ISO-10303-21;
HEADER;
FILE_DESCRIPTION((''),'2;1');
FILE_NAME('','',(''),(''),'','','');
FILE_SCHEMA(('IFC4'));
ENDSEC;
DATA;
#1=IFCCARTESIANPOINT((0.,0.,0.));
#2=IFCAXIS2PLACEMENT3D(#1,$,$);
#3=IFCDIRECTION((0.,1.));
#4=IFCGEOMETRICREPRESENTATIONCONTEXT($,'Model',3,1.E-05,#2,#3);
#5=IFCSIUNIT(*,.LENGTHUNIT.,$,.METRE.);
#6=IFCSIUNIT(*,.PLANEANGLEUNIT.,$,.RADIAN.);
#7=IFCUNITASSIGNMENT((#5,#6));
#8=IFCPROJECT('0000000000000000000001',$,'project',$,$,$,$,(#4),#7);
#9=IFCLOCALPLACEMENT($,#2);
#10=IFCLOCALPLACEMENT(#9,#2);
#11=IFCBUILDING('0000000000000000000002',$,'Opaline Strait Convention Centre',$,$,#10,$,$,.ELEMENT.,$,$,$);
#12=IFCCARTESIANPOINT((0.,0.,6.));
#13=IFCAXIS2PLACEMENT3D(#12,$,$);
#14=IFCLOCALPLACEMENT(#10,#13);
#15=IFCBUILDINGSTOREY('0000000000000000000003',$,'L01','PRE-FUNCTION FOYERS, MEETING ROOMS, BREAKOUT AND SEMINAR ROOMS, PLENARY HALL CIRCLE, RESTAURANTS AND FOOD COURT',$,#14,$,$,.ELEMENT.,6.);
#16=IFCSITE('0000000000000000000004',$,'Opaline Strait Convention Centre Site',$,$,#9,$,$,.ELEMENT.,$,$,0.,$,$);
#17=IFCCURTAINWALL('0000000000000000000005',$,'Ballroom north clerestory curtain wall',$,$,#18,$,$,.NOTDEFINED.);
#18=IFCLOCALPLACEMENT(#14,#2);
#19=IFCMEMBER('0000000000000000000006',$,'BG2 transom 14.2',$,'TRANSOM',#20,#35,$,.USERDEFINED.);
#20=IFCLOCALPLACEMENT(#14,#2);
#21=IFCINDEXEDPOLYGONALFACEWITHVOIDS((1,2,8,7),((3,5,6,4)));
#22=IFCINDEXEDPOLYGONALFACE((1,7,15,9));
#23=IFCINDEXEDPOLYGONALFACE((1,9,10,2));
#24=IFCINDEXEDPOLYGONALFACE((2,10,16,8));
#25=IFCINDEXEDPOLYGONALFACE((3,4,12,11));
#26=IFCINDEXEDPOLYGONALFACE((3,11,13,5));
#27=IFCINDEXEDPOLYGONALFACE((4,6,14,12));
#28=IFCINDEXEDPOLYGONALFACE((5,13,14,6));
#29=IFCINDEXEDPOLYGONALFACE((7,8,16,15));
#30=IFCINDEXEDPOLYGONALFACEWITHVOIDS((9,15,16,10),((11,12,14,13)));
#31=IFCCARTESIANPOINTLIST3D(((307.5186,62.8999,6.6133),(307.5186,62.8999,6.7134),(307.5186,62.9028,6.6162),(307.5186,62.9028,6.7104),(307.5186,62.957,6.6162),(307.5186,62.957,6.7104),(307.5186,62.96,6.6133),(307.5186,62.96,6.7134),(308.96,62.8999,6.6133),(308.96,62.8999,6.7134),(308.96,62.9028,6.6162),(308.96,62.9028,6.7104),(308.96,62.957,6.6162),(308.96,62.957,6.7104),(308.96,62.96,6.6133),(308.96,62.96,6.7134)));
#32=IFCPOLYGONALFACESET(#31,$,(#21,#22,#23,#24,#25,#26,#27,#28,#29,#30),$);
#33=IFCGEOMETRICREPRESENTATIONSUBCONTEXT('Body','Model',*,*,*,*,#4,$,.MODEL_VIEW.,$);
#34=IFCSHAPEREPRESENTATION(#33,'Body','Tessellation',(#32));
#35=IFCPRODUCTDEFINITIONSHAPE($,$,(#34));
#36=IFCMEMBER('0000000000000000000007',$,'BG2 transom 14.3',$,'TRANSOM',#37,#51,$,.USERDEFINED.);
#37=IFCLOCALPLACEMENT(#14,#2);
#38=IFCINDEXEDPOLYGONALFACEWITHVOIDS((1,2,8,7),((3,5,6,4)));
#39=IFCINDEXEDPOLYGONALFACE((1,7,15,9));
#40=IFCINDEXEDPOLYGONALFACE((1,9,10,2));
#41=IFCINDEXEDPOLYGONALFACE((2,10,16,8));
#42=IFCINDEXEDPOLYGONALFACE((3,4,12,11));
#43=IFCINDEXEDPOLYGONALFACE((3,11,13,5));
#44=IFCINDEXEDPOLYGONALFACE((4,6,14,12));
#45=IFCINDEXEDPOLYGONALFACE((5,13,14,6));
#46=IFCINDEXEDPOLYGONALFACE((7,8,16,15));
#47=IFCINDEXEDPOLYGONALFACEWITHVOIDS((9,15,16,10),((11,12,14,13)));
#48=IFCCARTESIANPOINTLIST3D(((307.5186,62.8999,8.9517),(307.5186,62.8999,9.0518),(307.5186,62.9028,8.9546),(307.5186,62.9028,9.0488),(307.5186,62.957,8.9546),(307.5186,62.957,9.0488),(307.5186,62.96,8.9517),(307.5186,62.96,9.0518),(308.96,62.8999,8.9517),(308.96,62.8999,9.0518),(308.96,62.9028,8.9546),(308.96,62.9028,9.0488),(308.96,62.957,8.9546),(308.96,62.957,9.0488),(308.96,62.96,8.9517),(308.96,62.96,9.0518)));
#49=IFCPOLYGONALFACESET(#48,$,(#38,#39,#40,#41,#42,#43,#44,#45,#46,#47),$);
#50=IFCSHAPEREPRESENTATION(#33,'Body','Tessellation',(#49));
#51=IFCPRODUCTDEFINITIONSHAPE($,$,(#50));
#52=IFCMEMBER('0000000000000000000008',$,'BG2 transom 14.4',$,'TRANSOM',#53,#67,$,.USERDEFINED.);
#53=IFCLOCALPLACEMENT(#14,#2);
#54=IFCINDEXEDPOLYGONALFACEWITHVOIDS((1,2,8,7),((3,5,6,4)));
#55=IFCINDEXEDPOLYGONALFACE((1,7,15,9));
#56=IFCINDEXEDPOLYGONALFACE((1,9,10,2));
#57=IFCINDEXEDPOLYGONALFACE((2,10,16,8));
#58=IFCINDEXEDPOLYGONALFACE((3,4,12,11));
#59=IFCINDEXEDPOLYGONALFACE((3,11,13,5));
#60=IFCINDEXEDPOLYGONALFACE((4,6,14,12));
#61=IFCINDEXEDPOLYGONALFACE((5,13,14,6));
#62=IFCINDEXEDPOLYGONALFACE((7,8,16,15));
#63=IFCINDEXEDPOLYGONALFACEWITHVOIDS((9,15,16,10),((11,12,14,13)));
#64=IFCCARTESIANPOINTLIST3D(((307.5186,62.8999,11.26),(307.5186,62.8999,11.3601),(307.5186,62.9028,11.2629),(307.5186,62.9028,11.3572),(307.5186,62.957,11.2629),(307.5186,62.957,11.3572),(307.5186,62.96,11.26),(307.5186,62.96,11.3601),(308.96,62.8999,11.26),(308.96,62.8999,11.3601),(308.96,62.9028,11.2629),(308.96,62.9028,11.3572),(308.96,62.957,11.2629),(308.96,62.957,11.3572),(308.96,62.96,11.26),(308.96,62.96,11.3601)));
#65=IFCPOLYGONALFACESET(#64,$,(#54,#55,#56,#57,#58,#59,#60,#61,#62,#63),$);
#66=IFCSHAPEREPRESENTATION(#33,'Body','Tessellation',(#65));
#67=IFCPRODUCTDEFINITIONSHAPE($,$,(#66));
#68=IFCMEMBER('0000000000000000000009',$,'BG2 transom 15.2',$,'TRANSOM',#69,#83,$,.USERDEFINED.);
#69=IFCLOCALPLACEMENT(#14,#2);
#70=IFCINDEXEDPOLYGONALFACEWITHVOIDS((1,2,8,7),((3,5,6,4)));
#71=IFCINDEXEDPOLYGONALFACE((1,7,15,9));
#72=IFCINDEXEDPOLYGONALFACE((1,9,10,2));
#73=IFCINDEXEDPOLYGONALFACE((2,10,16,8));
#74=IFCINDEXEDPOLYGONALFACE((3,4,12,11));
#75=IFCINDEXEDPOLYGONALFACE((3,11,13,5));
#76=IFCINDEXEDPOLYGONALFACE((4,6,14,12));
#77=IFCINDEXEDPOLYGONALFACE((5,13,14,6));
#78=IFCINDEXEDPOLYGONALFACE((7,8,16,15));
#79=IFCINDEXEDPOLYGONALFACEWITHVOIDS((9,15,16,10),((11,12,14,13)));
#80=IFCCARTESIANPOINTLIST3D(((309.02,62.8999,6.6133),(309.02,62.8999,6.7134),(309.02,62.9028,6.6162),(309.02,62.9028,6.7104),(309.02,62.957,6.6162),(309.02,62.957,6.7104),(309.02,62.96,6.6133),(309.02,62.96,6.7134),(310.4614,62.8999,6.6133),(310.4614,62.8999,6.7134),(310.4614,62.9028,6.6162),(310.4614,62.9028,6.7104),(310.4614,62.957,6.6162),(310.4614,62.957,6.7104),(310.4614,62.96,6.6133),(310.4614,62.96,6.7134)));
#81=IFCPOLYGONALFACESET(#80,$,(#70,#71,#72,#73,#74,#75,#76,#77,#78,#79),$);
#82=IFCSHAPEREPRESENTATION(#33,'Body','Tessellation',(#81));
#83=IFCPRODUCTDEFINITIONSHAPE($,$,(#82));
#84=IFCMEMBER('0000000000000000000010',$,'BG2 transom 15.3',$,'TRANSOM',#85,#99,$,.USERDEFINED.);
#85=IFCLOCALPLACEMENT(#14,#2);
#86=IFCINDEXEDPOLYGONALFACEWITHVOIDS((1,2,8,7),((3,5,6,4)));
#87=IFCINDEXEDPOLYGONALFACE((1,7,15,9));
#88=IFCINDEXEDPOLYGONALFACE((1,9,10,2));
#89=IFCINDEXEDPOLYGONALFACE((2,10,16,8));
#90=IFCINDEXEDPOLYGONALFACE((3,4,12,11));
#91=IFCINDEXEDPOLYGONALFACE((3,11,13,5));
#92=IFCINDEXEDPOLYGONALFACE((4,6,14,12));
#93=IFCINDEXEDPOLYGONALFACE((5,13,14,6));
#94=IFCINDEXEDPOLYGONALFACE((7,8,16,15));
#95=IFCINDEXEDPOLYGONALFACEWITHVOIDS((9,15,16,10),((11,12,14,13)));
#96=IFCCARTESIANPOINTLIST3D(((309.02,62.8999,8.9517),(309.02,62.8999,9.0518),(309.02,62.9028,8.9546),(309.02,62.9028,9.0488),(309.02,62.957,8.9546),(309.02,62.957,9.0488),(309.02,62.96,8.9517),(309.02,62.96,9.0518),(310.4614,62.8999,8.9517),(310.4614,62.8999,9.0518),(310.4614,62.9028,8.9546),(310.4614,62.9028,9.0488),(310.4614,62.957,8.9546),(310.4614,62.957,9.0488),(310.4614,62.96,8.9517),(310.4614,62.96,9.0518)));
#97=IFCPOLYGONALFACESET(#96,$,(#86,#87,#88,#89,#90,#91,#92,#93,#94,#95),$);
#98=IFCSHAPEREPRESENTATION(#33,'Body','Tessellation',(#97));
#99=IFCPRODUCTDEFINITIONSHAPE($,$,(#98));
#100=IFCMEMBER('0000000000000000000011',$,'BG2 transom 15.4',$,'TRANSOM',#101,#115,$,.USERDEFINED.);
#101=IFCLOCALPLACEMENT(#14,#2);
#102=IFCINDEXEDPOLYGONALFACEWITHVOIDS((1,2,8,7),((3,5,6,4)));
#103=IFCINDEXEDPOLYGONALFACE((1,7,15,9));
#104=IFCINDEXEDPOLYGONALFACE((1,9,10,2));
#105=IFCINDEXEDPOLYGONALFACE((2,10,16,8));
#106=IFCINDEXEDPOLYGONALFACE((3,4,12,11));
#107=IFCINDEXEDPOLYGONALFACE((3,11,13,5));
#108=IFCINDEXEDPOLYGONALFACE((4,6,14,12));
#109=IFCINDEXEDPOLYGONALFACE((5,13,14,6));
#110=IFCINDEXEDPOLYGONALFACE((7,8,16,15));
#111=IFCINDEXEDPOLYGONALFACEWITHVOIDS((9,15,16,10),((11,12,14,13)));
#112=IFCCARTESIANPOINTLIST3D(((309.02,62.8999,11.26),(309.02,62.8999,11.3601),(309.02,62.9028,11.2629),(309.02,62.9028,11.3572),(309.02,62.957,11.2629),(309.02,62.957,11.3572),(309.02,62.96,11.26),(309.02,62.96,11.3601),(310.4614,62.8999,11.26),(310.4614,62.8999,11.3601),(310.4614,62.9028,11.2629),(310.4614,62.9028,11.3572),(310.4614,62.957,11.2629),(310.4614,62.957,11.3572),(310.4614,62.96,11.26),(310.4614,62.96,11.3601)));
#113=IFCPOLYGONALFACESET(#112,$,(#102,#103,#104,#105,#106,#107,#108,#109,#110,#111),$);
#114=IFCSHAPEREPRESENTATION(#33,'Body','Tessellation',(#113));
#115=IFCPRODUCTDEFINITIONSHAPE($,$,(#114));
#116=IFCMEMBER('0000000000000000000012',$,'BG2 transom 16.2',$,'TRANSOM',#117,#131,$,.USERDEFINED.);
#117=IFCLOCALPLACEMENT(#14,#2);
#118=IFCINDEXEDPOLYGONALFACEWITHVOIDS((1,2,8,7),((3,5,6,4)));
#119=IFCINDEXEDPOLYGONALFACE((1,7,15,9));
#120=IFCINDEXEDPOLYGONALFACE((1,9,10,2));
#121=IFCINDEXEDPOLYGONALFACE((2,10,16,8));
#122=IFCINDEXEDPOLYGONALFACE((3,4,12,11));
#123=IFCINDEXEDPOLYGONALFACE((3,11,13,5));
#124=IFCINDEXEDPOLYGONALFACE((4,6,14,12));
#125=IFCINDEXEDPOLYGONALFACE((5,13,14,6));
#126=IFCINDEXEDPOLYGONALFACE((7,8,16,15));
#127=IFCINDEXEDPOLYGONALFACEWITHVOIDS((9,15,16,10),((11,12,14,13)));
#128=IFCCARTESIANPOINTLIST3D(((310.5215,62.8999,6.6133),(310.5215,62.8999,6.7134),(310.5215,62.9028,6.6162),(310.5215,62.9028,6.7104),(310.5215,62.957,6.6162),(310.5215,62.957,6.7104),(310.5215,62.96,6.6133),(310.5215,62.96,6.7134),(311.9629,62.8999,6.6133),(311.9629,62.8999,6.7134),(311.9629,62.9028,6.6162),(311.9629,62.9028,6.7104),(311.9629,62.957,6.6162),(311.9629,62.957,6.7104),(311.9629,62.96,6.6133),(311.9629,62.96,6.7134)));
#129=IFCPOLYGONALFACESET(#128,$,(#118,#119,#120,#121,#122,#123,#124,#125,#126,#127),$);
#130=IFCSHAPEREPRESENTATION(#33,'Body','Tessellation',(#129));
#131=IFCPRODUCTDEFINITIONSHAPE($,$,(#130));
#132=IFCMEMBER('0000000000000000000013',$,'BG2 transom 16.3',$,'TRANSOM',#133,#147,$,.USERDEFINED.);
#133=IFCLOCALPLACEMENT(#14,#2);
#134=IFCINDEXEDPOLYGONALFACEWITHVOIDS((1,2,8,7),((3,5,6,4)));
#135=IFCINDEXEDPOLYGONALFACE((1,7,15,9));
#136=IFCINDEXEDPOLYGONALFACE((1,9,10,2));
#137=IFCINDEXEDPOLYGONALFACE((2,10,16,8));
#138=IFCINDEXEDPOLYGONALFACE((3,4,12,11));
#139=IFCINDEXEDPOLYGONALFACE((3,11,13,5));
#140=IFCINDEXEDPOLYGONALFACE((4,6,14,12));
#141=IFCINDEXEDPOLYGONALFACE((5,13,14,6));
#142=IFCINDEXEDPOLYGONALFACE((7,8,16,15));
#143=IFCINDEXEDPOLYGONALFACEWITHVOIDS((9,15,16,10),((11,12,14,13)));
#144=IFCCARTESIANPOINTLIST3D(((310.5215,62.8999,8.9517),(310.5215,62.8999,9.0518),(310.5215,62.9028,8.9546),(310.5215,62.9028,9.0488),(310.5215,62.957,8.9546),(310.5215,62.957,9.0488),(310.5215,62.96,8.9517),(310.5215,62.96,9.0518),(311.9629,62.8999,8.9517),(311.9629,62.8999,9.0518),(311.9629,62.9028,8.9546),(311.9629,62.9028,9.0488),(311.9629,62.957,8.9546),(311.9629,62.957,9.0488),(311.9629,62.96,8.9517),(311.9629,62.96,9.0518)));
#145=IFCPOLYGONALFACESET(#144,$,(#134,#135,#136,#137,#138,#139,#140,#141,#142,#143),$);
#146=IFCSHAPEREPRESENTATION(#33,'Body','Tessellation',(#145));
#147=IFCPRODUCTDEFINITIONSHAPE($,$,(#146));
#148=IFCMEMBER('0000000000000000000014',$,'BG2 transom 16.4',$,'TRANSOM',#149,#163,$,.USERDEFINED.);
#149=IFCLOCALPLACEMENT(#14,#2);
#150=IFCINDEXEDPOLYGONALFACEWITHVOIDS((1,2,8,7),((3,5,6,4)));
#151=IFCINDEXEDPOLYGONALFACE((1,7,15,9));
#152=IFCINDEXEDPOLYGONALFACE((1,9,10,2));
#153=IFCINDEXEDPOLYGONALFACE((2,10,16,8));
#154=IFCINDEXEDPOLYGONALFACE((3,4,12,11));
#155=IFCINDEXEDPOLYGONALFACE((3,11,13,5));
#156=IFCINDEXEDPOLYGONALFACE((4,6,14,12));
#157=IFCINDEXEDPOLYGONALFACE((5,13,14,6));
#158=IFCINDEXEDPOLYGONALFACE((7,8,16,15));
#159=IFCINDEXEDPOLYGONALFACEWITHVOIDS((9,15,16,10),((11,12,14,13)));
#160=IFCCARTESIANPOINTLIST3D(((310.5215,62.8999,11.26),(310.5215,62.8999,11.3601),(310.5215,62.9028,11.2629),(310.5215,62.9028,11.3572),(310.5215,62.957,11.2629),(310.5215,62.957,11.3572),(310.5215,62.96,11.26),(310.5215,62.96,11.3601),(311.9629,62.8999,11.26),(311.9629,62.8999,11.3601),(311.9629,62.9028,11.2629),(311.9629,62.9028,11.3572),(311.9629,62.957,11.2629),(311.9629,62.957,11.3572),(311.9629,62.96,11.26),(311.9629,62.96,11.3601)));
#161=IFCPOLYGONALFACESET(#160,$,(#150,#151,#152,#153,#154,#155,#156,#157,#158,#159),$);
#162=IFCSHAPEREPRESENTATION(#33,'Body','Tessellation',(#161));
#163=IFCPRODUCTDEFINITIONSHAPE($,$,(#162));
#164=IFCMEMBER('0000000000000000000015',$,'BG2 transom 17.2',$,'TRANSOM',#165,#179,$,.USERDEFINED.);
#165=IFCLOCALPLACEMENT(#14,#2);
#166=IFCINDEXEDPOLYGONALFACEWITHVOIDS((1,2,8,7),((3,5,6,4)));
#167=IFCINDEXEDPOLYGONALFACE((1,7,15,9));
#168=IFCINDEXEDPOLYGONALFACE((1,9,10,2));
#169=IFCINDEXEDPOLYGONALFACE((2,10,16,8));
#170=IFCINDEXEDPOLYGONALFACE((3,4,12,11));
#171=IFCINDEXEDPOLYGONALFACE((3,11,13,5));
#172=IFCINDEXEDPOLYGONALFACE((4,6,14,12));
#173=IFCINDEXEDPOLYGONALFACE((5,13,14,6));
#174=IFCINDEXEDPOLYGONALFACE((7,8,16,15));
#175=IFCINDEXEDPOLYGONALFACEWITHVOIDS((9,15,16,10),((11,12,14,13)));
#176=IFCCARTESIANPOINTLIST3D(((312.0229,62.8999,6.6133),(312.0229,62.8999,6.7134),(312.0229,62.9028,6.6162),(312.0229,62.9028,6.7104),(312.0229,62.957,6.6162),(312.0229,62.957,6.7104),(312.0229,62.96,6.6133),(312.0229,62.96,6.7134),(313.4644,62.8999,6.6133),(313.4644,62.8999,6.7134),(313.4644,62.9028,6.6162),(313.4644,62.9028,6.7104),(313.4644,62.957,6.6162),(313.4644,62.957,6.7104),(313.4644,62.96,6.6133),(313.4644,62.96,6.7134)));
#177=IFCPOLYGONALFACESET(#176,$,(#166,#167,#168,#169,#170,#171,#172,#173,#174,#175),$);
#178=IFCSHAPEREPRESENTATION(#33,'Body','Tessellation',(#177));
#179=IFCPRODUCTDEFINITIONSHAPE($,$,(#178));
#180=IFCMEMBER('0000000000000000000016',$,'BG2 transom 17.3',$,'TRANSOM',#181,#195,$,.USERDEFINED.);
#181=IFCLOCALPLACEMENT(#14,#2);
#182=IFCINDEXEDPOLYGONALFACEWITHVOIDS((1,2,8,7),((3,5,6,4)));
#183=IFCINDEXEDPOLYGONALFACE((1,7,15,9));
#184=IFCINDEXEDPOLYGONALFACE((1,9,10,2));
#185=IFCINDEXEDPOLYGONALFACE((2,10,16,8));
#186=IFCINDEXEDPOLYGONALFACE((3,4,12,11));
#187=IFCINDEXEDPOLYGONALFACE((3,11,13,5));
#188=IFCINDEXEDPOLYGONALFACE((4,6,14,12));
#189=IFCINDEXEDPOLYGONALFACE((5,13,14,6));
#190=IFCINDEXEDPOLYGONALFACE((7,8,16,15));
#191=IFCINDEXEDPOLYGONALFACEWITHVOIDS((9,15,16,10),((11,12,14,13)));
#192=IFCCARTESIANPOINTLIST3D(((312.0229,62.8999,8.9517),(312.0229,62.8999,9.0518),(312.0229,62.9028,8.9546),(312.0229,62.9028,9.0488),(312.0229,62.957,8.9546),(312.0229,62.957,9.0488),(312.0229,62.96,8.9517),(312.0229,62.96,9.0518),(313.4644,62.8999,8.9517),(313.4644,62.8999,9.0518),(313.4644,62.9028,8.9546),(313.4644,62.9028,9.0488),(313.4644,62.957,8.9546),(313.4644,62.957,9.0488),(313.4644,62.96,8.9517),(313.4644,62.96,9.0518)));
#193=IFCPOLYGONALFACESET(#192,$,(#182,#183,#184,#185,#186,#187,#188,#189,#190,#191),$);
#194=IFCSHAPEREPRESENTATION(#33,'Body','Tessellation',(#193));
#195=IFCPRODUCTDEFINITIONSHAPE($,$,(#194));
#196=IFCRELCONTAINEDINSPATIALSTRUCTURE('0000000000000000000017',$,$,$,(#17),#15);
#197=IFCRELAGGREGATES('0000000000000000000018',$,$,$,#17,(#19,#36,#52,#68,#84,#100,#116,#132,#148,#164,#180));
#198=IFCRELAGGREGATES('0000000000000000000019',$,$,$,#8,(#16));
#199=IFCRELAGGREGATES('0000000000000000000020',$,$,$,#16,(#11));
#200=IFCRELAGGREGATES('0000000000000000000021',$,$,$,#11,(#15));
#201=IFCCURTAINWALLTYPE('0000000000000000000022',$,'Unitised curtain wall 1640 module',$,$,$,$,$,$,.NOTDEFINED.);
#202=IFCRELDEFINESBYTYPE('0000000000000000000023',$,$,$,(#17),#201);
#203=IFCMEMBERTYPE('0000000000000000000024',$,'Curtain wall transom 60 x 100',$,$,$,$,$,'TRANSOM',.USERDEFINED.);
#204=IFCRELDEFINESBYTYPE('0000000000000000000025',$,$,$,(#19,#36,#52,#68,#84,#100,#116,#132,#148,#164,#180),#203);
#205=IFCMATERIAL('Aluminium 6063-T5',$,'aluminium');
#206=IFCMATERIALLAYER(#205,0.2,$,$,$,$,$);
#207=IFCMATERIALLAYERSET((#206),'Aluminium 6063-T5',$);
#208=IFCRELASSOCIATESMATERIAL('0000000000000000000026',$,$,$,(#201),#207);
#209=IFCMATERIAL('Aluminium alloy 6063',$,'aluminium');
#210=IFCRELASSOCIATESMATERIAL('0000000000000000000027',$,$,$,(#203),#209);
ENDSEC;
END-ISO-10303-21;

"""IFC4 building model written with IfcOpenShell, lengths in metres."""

from ifc_helpers import new_model, si_unit, direction, frame, origin, origin_2d, place, context, subcontext, project, spatial, hollow_rectangle, extrude, material, layer, layer_set, material_profile, profile_set, type_object, element, aggregate, save


model = new_model("IFC4")

# Units and contexts
model_context = context("Model", 3, precision=1e-05, world=origin(), true_north=direction((0.0, 1.0)))
body_context = subcontext(model_context, "Body", "Model", "MODEL_VIEW")
ifc_project = project(units=[si_unit("LENGTHUNIT", "METRE"), si_unit("PLANEANGLEUNIT", "RADIAN")], contexts=[model_context])

# Site, building, storey
site_placement = place(None, origin())
site = spatial("IfcSite", under=ifc_project, at=site_placement, Name="Opaline Strait Convention Centre Site", CompositionType="ELEMENT", RefElevation=0.0)
building_placement = place(site_placement, origin())
building = spatial("IfcBuilding", under=site, at=building_placement, Name="Opaline Strait Convention Centre", CompositionType="ELEMENT")
storey_placement = place(building_placement, frame((0.0, 0.0, 6.0)))
storey = spatial("IfcBuildingStorey", under=building, at=storey_placement, Name="L01", Description="PRE-FUNCTION FOYERS, MEETING ROOMS, BREAKOUT AND SEMINAR ROOMS, PLENARY HALL CIRCLE, RESTAURANTS AND FOOD COURT", CompositionType="ELEMENT", Elevation=6.0)

# Curtain wall, members
ifc_material_1 = material(Name="Aluminium 6063-T5", Category="aluminium")
ifc_layer_1 = layer(ifc_material_1, 0.2)
ifc_layer_set_1 = layer_set([ifc_layer_1], Name="Aluminium 6063-T5")
curtain_wall_type = type_object("IfcCurtainWallType", Name="Unitised curtain wall 1640 module", PredefinedType="NOTDEFINED", material=ifc_layer_set_1)
curtain_wall_placement = place(storey_placement, origin())
curtain_wall = element("IfcCurtainWall", 1, at=curtain_wall_placement, inside=storey, type_object=curtain_wall_type, Name="Ballroom north clerestory curtain wall", PredefinedType="NOTDEFINED")
ifc_material_2 = material(Name="Aluminium alloy 6063", Category="aluminium")
ifc_material_profile = material_profile(ifc_material_2, hollow_rectangle(XDim=0.0601, YDim=0.1001, WallThickness=0.0029, at=origin_2d()), Name="TRANSOM 60x100x3")
ifc_profile_set = profile_set([ifc_material_profile], Name="Aluminium alloy 6063")
member_type = type_object("IfcMemberType", Name="Curtain wall transom 60 x 100", ElementType="TRANSOM", PredefinedType="USERDEFINED", material=ifc_profile_set)
member_1_placement = place(storey_placement, frame((307.5186, 62.9299, 6.6633), z_axis=(1.0, 0.0, 0.0), x_axis=(0.0, 1.0, 0.0)))
member_1 = element("IfcMember", 2, at=member_1_placement, type_object=member_type, Name="BG2 transom 14.2", ObjectType="TRANSOM", PredefinedType="USERDEFINED", context=body_context, shape_type="SweptSolid", body=[
    extrude(hollow_rectangle(XDim=0.0601, YDim=0.1001, WallThickness=0.0029, at=origin_2d()), origin(), (0.0, 0.0, 1.0), 1.4414),
])
member_2_placement = place(storey_placement, frame((307.5186, 62.9299, 9.0017), z_axis=(1.0, 0.0, 0.0), x_axis=(0.0, 1.0, 0.0)))
member_2 = element("IfcMember", 3, at=member_2_placement, type_object=member_type, Name="BG2 transom 14.3", ObjectType="TRANSOM", PredefinedType="USERDEFINED", context=body_context, shape_type="SweptSolid", body=[
    extrude(hollow_rectangle(XDim=0.0601, YDim=0.1001, WallThickness=0.0029, at=origin_2d()), origin(), (0.0, 0.0, 1.0), 1.4414),
])
member_3_placement = place(storey_placement, frame((307.5186, 62.9299, 11.3101), z_axis=(1.0, 0.0, 0.0), x_axis=(0.0, 1.0, 0.0)))
member_3 = element("IfcMember", 4, at=member_3_placement, type_object=member_type, Name="BG2 transom 14.4", ObjectType="TRANSOM", PredefinedType="USERDEFINED", context=body_context, shape_type="SweptSolid", body=[
    extrude(hollow_rectangle(XDim=0.0601, YDim=0.1001, WallThickness=0.0029, at=origin_2d()), origin(), (0.0, 0.0, 1.0), 1.4414),
])
member_4_placement = place(storey_placement, frame((309.02, 62.9299, 6.6633), z_axis=(1.0, 0.0, 0.0), x_axis=(0.0, 1.0, 0.0)))
member_4 = element("IfcMember", 5, at=member_4_placement, type_object=member_type, Name="BG2 transom 15.2", ObjectType="TRANSOM", PredefinedType="USERDEFINED", context=body_context, shape_type="SweptSolid", body=[
    extrude(hollow_rectangle(XDim=0.0601, YDim=0.1001, WallThickness=0.0029, at=origin_2d()), origin(), (0.0, 0.0, 1.0), 1.4414),
])
member_5_placement = place(storey_placement, frame((309.02, 62.9299, 9.0017), z_axis=(1.0, 0.0, 0.0), x_axis=(0.0, 1.0, 0.0)))
member_5 = element("IfcMember", 6, at=member_5_placement, type_object=member_type, Name="BG2 transom 15.3", ObjectType="TRANSOM", PredefinedType="USERDEFINED", context=body_context, shape_type="SweptSolid", body=[
    extrude(hollow_rectangle(XDim=0.0601, YDim=0.1001, WallThickness=0.0029, at=origin_2d()), origin(), (0.0, 0.0, 1.0), 1.4414),
])
member_6_placement = place(storey_placement, frame((309.02, 62.9299, 11.3101), z_axis=(1.0, 0.0, 0.0), x_axis=(0.0, 1.0, 0.0)))
member_6 = element("IfcMember", 7, at=member_6_placement, type_object=member_type, Name="BG2 transom 15.4", ObjectType="TRANSOM", PredefinedType="USERDEFINED", context=body_context, shape_type="SweptSolid", body=[
    extrude(hollow_rectangle(XDim=0.0601, YDim=0.1001, WallThickness=0.0029, at=origin_2d()), origin(), (0.0, 0.0, 1.0), 1.4414),
])
member_7_placement = place(storey_placement, frame((310.5215, 62.9299, 6.6633), z_axis=(1.0, 0.0, 0.0), x_axis=(0.0, 1.0, 0.0)))
member_7 = element("IfcMember", 8, at=member_7_placement, type_object=member_type, Name="BG2 transom 16.2", ObjectType="TRANSOM", PredefinedType="USERDEFINED", context=body_context, shape_type="SweptSolid", body=[
    extrude(hollow_rectangle(XDim=0.0601, YDim=0.1001, WallThickness=0.0029, at=origin_2d()), origin(), (0.0, 0.0, 1.0), 1.4414),
])
member_8_placement = place(storey_placement, frame((310.5215, 62.9299, 9.0017), z_axis=(1.0, 0.0, 0.0), x_axis=(0.0, 1.0, 0.0)))
member_8 = element("IfcMember", 9, at=member_8_placement, type_object=member_type, Name="BG2 transom 16.3", ObjectType="TRANSOM", PredefinedType="USERDEFINED", context=body_context, shape_type="SweptSolid", body=[
    extrude(hollow_rectangle(XDim=0.0601, YDim=0.1001, WallThickness=0.0029, at=origin_2d()), origin(), (0.0, 0.0, 1.0), 1.4414),
])
member_9_placement = place(storey_placement, frame((310.5215, 62.9299, 11.3101), z_axis=(1.0, 0.0, 0.0), x_axis=(0.0, 1.0, 0.0)))
member_9 = element("IfcMember", 10, at=member_9_placement, type_object=member_type, Name="BG2 transom 16.4", ObjectType="TRANSOM", PredefinedType="USERDEFINED", context=body_context, shape_type="SweptSolid", body=[
    extrude(hollow_rectangle(XDim=0.0601, YDim=0.1001, WallThickness=0.0029, at=origin_2d()), origin(), (0.0, 0.0, 1.0), 1.4414),
])
member_10_placement = place(storey_placement, frame((312.0229, 62.9299, 6.6633), z_axis=(1.0, 0.0, 0.0), x_axis=(0.0, 1.0, 0.0)))
member_10 = element("IfcMember", 11, at=member_10_placement, type_object=member_type, Name="BG2 transom 17.2", ObjectType="TRANSOM", PredefinedType="USERDEFINED", context=body_context, shape_type="SweptSolid", body=[
    extrude(hollow_rectangle(XDim=0.0601, YDim=0.1001, WallThickness=0.0029, at=origin_2d()), origin(), (0.0, 0.0, 1.0), 1.4414),
])
member_11_placement = place(storey_placement, frame((312.0229, 62.9299, 9.0017), z_axis=(1.0, 0.0, 0.0), x_axis=(0.0, 1.0, 0.0)))
member_11 = element("IfcMember", 12, at=member_11_placement, type_object=member_type, Name="BG2 transom 17.3", ObjectType="TRANSOM", PredefinedType="USERDEFINED", context=body_context, shape_type="SweptSolid", body=[
    extrude(hollow_rectangle(XDim=0.0601, YDim=0.1001, WallThickness=0.0029, at=origin_2d()), origin(), (0.0, 0.0, 1.0), 1.4414),
])
aggregate(curtain_wall, [member_1, member_2, member_3, member_4, member_5, member_6, member_7, member_8, member_9, member_10, member_11])

save(model, "model.ifc")
